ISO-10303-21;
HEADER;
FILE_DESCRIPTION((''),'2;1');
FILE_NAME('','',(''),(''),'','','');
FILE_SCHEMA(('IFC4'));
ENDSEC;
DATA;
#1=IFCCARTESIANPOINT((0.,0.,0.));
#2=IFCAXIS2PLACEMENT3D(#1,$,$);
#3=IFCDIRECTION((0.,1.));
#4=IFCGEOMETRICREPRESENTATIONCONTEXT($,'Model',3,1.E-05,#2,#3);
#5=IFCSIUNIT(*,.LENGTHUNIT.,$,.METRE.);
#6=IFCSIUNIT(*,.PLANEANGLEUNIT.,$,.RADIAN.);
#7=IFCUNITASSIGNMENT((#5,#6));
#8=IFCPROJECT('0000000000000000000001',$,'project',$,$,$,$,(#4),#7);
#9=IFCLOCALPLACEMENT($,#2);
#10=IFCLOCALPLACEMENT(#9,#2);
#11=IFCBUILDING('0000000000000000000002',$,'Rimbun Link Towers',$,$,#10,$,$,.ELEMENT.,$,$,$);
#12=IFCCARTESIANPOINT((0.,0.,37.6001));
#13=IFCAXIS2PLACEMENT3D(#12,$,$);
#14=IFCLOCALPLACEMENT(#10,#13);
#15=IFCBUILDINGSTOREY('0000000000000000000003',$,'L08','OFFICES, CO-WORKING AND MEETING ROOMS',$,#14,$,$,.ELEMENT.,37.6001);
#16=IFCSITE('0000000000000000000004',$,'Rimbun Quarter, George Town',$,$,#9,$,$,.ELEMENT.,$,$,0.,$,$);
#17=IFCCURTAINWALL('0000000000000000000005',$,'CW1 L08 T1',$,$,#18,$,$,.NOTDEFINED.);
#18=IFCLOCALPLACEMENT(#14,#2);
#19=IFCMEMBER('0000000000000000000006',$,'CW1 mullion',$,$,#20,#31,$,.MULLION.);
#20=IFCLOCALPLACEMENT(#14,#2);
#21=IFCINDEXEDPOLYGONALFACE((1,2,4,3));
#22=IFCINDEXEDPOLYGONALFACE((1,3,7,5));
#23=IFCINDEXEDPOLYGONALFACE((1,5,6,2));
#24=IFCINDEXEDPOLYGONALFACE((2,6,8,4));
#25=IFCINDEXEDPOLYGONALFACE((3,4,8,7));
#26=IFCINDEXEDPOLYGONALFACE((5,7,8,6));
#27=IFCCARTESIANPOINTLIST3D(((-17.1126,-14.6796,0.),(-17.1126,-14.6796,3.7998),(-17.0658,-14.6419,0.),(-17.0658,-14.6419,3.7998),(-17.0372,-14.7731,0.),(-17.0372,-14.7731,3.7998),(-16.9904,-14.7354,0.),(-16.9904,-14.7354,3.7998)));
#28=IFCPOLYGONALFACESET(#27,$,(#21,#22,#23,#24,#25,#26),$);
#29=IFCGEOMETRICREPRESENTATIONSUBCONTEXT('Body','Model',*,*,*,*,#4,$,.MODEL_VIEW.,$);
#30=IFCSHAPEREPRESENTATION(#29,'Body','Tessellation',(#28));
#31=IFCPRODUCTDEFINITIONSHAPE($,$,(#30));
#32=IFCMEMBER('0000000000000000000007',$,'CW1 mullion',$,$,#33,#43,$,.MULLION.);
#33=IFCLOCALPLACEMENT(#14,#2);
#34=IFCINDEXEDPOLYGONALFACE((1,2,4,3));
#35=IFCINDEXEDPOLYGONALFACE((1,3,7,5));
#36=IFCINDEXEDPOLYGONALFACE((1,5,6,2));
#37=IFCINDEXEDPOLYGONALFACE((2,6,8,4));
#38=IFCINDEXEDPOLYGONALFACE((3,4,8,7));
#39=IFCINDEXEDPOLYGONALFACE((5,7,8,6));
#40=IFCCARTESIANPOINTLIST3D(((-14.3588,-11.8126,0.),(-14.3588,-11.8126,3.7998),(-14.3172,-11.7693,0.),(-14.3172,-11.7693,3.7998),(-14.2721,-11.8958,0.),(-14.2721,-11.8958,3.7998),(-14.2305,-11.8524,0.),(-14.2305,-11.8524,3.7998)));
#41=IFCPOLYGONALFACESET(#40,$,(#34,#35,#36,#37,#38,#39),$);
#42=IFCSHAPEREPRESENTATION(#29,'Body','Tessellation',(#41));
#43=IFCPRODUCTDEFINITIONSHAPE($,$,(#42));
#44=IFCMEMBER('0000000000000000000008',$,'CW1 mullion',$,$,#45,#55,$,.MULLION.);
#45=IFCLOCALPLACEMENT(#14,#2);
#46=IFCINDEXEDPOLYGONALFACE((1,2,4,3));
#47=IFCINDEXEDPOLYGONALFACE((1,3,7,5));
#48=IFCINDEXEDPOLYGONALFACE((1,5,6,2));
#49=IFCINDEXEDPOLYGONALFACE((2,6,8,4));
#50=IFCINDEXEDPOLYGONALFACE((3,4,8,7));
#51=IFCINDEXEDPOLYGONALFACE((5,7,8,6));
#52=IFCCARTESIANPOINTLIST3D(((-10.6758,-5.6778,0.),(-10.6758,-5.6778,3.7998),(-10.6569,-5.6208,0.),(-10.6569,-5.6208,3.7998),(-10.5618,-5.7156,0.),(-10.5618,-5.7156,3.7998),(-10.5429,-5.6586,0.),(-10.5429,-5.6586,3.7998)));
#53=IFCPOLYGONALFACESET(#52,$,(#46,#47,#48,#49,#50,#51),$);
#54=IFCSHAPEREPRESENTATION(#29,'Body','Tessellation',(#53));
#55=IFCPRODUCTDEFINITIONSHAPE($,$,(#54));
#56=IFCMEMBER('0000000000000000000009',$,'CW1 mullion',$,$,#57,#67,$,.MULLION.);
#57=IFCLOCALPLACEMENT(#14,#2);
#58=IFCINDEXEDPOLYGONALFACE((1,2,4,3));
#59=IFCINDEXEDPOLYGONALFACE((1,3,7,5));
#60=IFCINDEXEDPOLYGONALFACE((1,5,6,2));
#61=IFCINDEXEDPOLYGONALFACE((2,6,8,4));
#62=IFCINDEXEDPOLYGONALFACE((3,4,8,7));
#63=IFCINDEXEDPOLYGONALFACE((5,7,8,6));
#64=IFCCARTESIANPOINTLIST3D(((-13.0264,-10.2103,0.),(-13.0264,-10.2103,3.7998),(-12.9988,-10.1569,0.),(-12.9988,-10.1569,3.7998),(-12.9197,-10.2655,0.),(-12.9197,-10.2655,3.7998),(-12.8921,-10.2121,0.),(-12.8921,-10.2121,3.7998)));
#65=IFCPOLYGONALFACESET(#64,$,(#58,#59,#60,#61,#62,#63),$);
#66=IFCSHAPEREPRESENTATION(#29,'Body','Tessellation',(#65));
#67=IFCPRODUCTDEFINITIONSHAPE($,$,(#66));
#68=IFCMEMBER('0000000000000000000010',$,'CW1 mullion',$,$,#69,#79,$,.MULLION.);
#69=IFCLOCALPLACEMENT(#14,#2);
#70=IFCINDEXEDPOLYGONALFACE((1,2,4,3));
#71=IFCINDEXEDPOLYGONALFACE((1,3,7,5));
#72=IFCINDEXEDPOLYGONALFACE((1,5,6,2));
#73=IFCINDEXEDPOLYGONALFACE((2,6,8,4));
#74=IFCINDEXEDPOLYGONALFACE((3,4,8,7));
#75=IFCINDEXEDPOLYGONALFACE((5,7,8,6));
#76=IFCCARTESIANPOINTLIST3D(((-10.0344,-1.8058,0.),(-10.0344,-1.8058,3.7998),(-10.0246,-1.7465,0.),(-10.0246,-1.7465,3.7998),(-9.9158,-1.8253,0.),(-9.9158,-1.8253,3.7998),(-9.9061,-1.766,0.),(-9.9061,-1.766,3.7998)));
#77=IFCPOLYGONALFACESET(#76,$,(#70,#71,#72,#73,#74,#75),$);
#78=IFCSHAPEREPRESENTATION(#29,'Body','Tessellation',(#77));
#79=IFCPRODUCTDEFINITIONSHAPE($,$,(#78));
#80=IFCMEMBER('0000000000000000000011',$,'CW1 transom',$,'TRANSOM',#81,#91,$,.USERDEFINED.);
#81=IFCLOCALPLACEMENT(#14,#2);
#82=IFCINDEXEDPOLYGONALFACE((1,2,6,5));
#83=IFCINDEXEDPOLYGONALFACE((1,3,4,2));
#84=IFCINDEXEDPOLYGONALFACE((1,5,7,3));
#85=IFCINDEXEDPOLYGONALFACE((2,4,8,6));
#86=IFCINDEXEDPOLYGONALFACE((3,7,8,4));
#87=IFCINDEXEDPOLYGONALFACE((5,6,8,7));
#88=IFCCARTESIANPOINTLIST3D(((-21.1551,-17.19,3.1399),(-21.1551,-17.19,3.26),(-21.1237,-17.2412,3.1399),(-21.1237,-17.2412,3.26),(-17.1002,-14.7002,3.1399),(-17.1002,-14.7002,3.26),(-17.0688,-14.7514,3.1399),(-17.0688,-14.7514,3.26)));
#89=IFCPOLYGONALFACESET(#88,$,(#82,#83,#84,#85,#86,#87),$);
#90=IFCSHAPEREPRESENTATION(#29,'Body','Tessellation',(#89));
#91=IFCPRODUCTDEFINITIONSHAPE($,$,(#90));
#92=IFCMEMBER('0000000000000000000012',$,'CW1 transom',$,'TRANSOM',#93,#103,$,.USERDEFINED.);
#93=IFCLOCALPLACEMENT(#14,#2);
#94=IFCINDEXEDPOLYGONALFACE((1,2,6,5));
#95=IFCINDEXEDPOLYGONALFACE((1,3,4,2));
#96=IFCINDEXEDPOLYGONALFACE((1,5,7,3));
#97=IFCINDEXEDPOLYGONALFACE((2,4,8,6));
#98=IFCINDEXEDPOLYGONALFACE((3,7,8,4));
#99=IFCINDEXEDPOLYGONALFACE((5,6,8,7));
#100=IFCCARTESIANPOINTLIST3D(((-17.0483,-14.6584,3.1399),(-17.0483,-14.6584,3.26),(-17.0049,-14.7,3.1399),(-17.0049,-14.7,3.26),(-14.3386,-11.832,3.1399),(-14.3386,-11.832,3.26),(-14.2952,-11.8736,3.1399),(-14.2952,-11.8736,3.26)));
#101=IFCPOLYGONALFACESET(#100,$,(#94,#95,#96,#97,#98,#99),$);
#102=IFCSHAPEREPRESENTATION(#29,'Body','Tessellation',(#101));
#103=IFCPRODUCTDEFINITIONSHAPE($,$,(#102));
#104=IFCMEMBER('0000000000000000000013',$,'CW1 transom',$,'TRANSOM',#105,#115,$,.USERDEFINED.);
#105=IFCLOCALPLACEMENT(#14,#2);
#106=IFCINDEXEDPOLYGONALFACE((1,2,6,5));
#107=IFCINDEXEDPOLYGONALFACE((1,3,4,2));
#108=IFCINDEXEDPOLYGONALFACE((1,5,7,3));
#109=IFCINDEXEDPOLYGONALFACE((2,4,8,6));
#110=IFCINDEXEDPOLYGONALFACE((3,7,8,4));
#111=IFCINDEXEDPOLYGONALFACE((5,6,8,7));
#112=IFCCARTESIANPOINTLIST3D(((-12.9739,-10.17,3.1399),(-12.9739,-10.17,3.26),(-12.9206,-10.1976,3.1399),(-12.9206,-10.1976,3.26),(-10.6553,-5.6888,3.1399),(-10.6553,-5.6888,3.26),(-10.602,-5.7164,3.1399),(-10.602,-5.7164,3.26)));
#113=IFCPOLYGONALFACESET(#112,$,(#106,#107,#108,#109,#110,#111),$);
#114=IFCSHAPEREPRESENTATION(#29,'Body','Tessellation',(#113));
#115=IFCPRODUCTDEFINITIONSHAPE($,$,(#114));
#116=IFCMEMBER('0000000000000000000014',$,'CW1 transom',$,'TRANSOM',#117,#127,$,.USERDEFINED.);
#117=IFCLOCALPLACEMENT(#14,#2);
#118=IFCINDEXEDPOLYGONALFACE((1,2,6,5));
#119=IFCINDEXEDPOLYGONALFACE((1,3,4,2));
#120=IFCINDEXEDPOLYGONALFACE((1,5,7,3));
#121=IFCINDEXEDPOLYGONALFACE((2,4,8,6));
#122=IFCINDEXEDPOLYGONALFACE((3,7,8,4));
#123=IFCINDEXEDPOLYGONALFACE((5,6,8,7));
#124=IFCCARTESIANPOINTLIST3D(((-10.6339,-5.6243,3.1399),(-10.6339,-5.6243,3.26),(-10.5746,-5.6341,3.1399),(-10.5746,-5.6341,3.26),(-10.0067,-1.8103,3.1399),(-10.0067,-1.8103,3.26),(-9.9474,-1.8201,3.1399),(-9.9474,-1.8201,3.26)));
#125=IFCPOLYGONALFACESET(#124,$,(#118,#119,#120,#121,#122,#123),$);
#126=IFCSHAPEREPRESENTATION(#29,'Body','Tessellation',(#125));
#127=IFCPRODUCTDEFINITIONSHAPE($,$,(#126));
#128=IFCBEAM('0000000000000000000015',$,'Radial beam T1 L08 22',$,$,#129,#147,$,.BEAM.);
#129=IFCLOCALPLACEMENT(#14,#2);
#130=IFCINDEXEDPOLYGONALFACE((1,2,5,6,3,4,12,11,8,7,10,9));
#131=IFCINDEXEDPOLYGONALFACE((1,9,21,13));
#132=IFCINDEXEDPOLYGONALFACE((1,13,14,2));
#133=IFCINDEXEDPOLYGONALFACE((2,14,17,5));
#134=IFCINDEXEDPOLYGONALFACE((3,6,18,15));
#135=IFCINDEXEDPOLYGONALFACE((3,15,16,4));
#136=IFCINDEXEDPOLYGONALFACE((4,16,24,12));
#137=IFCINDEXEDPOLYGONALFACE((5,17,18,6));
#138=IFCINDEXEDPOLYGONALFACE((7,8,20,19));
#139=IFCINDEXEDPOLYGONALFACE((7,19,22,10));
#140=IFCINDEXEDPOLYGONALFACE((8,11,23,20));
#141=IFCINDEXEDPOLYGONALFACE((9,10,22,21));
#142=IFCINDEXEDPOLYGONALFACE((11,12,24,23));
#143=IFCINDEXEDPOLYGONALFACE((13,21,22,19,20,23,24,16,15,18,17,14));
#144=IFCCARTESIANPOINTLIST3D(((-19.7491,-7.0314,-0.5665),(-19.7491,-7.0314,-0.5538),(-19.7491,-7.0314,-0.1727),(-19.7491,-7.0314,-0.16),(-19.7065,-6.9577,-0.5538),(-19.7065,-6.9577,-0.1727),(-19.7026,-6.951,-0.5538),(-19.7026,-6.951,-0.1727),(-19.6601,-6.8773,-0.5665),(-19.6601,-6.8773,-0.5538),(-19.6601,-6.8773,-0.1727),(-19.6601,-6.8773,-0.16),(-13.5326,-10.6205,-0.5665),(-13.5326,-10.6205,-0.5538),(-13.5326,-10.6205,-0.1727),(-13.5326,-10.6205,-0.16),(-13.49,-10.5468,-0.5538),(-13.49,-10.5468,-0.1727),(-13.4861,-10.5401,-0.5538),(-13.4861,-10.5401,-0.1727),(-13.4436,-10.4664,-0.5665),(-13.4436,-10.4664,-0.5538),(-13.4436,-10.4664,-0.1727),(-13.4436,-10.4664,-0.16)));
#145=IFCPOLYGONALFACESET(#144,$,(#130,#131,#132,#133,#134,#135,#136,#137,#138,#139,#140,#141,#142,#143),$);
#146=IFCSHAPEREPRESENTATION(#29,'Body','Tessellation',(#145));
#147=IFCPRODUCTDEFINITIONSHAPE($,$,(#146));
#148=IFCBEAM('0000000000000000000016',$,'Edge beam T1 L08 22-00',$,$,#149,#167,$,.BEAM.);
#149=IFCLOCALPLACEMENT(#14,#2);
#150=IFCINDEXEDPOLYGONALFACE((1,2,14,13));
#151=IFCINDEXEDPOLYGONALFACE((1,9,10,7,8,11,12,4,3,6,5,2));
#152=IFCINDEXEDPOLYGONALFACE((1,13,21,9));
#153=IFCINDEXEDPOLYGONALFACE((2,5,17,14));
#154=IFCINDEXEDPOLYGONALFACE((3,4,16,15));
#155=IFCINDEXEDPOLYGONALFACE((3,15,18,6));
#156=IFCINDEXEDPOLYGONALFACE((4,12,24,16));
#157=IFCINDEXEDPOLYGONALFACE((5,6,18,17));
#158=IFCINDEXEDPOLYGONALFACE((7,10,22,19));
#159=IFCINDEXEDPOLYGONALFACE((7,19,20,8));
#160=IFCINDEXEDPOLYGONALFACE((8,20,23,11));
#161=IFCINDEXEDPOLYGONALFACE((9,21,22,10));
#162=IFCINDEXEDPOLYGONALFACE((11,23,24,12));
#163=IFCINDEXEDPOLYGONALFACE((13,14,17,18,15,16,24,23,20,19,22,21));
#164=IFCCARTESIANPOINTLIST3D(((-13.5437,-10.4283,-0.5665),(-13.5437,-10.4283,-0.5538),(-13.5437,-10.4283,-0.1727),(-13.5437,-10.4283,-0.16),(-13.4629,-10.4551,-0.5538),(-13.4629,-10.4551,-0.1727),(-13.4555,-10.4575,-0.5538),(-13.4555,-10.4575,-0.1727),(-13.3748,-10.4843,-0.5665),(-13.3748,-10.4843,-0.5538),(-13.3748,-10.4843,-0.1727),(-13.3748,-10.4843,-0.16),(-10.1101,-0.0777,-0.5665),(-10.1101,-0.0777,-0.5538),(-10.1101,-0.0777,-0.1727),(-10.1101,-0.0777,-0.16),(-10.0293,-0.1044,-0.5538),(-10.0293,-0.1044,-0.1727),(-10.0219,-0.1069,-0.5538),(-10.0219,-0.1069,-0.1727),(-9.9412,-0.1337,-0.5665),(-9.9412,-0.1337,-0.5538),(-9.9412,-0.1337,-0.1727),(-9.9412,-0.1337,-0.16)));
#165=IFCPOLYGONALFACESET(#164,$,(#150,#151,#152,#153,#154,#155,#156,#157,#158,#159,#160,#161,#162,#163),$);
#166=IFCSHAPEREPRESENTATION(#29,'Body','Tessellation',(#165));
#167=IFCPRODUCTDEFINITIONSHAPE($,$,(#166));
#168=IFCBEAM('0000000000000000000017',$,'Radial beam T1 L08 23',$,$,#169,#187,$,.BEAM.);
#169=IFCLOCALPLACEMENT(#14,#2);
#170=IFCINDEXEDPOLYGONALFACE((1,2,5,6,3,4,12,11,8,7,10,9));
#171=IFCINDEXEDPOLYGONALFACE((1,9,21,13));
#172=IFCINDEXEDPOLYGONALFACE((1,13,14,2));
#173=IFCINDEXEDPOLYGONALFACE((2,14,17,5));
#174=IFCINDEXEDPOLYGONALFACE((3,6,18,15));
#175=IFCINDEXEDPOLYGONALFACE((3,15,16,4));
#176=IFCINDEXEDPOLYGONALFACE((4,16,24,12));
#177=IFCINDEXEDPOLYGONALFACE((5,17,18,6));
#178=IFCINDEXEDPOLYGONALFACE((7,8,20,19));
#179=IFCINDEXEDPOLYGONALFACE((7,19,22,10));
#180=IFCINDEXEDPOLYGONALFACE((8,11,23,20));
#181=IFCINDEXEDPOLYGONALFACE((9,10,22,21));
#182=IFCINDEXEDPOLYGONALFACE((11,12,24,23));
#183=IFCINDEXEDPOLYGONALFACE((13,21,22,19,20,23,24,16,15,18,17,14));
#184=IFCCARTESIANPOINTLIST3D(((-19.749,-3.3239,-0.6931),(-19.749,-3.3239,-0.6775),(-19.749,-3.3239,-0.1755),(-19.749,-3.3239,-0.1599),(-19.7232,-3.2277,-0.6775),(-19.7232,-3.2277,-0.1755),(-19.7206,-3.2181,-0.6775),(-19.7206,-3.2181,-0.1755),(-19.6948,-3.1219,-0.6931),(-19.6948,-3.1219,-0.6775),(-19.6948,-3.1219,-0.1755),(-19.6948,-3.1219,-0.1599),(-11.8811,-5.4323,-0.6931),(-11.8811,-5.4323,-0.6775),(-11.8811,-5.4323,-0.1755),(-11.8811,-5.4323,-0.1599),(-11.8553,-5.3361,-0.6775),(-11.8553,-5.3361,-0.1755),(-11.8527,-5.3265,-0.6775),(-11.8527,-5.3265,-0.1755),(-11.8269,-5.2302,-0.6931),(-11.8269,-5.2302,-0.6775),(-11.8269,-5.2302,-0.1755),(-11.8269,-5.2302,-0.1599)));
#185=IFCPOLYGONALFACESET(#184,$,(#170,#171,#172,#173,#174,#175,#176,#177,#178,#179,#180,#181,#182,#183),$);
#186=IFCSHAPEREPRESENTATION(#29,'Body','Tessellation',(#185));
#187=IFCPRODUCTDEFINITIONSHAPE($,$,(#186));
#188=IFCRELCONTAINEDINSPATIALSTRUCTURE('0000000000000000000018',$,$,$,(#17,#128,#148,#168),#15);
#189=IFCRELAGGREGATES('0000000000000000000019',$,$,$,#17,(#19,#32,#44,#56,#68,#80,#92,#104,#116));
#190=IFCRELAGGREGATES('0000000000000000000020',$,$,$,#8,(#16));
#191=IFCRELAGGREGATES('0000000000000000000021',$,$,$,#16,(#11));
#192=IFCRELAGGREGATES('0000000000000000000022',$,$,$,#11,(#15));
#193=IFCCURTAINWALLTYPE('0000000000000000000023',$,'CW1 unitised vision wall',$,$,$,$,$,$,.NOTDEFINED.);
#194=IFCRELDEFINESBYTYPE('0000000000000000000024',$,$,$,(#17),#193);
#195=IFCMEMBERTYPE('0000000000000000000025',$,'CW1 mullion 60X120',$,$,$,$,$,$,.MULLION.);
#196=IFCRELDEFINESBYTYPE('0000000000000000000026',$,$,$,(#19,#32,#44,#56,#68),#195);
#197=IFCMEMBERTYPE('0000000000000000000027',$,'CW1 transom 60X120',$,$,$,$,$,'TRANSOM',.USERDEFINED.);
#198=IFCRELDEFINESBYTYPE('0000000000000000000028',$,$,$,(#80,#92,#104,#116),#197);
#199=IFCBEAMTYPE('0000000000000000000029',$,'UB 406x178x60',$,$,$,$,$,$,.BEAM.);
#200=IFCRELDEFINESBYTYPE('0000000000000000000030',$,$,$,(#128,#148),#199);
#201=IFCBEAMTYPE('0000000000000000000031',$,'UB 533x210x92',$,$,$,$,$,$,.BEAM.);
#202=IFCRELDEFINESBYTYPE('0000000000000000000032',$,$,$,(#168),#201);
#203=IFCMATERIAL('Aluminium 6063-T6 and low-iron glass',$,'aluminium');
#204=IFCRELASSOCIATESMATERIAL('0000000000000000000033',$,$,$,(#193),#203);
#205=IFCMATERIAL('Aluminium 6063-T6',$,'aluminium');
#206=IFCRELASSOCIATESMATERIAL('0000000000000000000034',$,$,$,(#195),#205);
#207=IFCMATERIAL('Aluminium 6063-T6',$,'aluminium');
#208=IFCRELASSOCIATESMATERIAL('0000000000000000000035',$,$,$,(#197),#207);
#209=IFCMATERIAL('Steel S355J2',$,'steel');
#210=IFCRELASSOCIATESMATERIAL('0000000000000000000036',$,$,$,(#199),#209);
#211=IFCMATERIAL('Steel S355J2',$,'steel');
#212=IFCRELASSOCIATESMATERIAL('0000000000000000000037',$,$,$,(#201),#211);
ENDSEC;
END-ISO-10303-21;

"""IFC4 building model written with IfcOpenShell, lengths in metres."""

from ifc_helpers import new_model, si_unit, direction, frame, origin, origin_2d, place, context, subcontext, project, spatial, rectangle, i_section, extrude, material, material_profile, profile_set, type_object, element, aggregate, save


model = new_model("IFC4")

# Units and contexts
model_context = context("Model", 3, precision=1e-05, world=origin(), true_north=direction((0.0, 1.0)))
body_context = subcontext(model_context, "Body", "Model", "MODEL_VIEW")
ifc_project = project(units=[si_unit("LENGTHUNIT", "METRE"), si_unit("PLANEANGLEUNIT", "RADIAN")], contexts=[model_context])

# Site, building, storey
site_placement = place(None, origin())
site = spatial("IfcSite", under=ifc_project, at=site_placement, Name="Rimbun Quarter, George Town", CompositionType="ELEMENT", RefElevation=0.0)
building_placement = place(site_placement, origin())
building = spatial("IfcBuilding", under=site, at=building_placement, Name="Rimbun Link Towers", CompositionType="ELEMENT")
storey_placement = place(building_placement, frame((0.0, 0.0, 37.6001)))
storey = spatial("IfcBuildingStorey", under=building, at=storey_placement, Name="L08", Description="OFFICES, CO-WORKING AND MEETING ROOMS", CompositionType="ELEMENT", Elevation=37.6001)

# Curtain wall, members
ifc_material_1 = material(Name="Aluminium 6063-T6 and low-iron glass", Category="aluminium")
curtain_wall_type = type_object("IfcCurtainWallType", Name="CW1 unitised vision wall", PredefinedType="NOTDEFINED", material=ifc_material_1)
curtain_wall_placement = place(storey_placement, origin())
curtain_wall = element("IfcCurtainWall", 1, at=curtain_wall_placement, inside=storey, type_object=curtain_wall_type, Name="CW1 L08 T1", PredefinedType="NOTDEFINED")
ifc_material_2 = material(Name="Aluminium 6063-T6", Category="aluminium")
ifc_material_profile_1 = material_profile(ifc_material_2, rectangle(XDim=0.1201, YDim=0.0601, at=origin_2d()), Name="MULLION 60X120")
ifc_profile_set_1 = profile_set([ifc_material_profile_1], Name="Aluminium 6063-T6")
member_type_1 = type_object("IfcMemberType", Name="CW1 mullion 60X120", PredefinedType="MULLION", material=ifc_profile_set_1)
member_1_placement = place(storey_placement, frame((-17.0515, -14.7075, 0.0), z_axis=(0.0, 0.0, 1.0), x_axis=(0.627666, -0.778483, 0.0)))
member_1 = element("IfcMember", 2, at=member_1_placement, type_object=member_type_1, Name="CW1 mullion", PredefinedType="MULLION", context=body_context, shape_type="SweptSolid", body=[
    extrude(rectangle(XDim=0.1201, YDim=0.0601, at=origin_2d()), origin(), (0.0, 0.0, 1.0), 3.7998),
])
member_2_placement = place(storey_placement, frame((-14.2947, -11.8325, 0.0), z_axis=(0.0, 0.0, 1.0), x_axis=(0.721844, -0.692056, 0.0)))
member_2 = element("IfcMember", 3, at=member_2_placement, type_object=member_type_1, Name="CW1 mullion", PredefinedType="MULLION", context=body_context, shape_type="SweptSolid", body=[
    extrude(rectangle(XDim=0.1201, YDim=0.0601, at=origin_2d()), origin(), (0.0, 0.0, 1.0), 3.7998),
])
member_3_placement = place(storey_placement, frame((-10.6094, -5.6682, 0.0), z_axis=(0.0, 0.0, 1.0), x_axis=(0.949161, -0.31479, 0.0)))
member_3 = element("IfcMember", 4, at=member_3_placement, type_object=member_type_1, Name="CW1 mullion", PredefinedType="MULLION", context=body_context, shape_type="SweptSolid", body=[
    extrude(rectangle(XDim=0.1201, YDim=0.0601, at=origin_2d()), origin(), (0.0, 0.0, 1.0), 3.7998),
])
member_4_placement = place(storey_placement, frame((-12.9592, -10.2112, 0.0), z_axis=(0.0, 0.0, 1.0), x_axis=(0.888153, -0.459548, 0.0)))
member_4 = element("IfcMember", 5, at=member_4_placement, type_object=member_type_1, Name="CW1 mullion", PredefinedType="MULLION", context=body_context, shape_type="SweptSolid", body=[
    extrude(rectangle(XDim=0.1201, YDim=0.0601, at=origin_2d()), origin(), (0.0, 0.0, 1.0), 3.7998),
])
member_5_placement = place(storey_placement, frame((-9.9702, -1.7859, 0.0), z_axis=(0.0, 0.0, 1.0), x_axis=(0.986748, -0.162263, 0.0)))
member_5 = element("IfcMember", 6, at=member_5_placement, type_object=member_type_1, Name="CW1 mullion", PredefinedType="MULLION", context=body_context, shape_type="SweptSolid", body=[
    extrude(rectangle(XDim=0.1201, YDim=0.0601, at=origin_2d()), origin(), (0.0, 0.0, 1.0), 3.7998),
])
ifc_material_3 = material(Name="Aluminium 6063-T6", Category="aluminium")
ifc_material_profile_2 = material_profile(ifc_material_3, rectangle(XDim=0.0601, YDim=0.1201, at=origin_2d()), Name="TRANSOM 60X120")
ifc_profile_set_2 = profile_set([ifc_material_profile_2], Name="Aluminium 6063-T6")
member_type_2 = type_object("IfcMemberType", Name="CW1 transom 60X120", ElementType="TRANSOM", PredefinedType="USERDEFINED", material=ifc_profile_set_2)
member_6_placement = place(storey_placement, frame((-17.0845, -14.7258, 3.2), z_axis=(-0.852183, -0.523244, 0.0), x_axis=(0.523244, -0.852183, 0.0)))
member_6 = element("IfcMember", 7, at=member_6_placement, type_object=member_type_2, Name="CW1 transom", ObjectType="TRANSOM", PredefinedType="USERDEFINED", context=body_context, shape_type="SweptSolid", body=[
    extrude(rectangle(XDim=0.0601, YDim=0.1201, at=origin_2d()), origin(), (0.0, 0.0, 1.0), 4.7583),
])
member_7_placement = place(storey_placement, frame((-14.3169, -11.8528, 3.2), z_axis=(-0.692048, -0.721852, 0.0), x_axis=(0.721852, -0.692048, 0.0)))
member_7 = element("IfcMember", 8, at=member_7_placement, type_object=member_type_2, Name="CW1 transom", ObjectType="TRANSOM", PredefinedType="USERDEFINED", context=body_context, shape_type="SweptSolid", body=[
    extrude(rectangle(XDim=0.0601, YDim=0.1201, at=origin_2d()), origin(), (0.0, 0.0, 1.0), 3.9155),
])
member_8_placement = place(storey_placement, frame((-10.6287, -5.7026, 3.2), z_axis=(-0.459539, -0.888158, 0.0), x_axis=(0.888158, -0.459539, 0.0)))
member_8 = element("IfcMember", 9, at=member_8_placement, type_object=member_type_2, Name="CW1 transom", ObjectType="TRANSOM", PredefinedType="USERDEFINED", context=body_context, shape_type="SweptSolid", body=[
    extrude(rectangle(XDim=0.0601, YDim=0.1201, at=origin_2d()), origin(), (0.0, 0.0, 1.0), 5.0454),
])
member_9_placement = place(storey_placement, frame((-9.9771, -1.8152, 3.2), z_axis=(-0.162268, -0.986747, 0.0), x_axis=(0.986747, -0.162268, 0.0)))
member_9 = element("IfcMember", 10, at=member_9_placement, type_object=member_type_2, Name="CW1 transom", ObjectType="TRANSOM", PredefinedType="USERDEFINED", context=body_context, shape_type="SweptSolid", body=[
    extrude(rectangle(XDim=0.0601, YDim=0.1201, at=origin_2d()), origin(), (0.0, 0.0, 1.0), 3.8652),
])

# Beams
ifc_material_4 = material(Name="Steel S355J2", Category="steel")
ifc_material_profile_3 = material_profile(ifc_material_4, i_section(OverallWidth=0.178, OverallDepth=0.4065, WebThickness=0.0078, FlangeThickness=0.0127, at=origin_2d()), Name="UB 406x178x60")
ifc_profile_set_3 = profile_set([ifc_material_profile_3], Name="Steel S355J2")
beam_type_1 = type_object("IfcBeamType", Name="UB 406x178x60", PredefinedType="BEAM", material=ifc_profile_set_3)
beam_1_placement = place(storey_placement, frame((-19.7046, -6.9543, -0.3633), z_axis=(0.866026, -0.499998, 0.0), x_axis=(0.499998, 0.866026, 0.0)))
element("IfcBeam", 11, at=beam_1_placement, inside=storey, type_object=beam_type_1, Name="Radial beam T1 L08 22", PredefinedType="BEAM", context=body_context, shape_type="SweptSolid", body=[
    extrude(i_section(OverallWidth=0.178, OverallDepth=0.4065, WebThickness=0.0078, FlangeThickness=0.0127, at=origin_2d()), origin(), (0.0, 0.0, 1.0), 7.1782),
])
beam_2_placement = place(storey_placement, frame((-13.4592, -10.4563, -0.3633), z_axis=(0.314857, 0.949139, 0.0), x_axis=(-0.949139, 0.314857, 0.0)))
element("IfcBeam", 12, at=beam_2_placement, inside=storey, type_object=beam_type_1, Name="Edge beam T1 L08 22-00", PredefinedType="BEAM", context=body_context, shape_type="SweptSolid", body=[
    extrude(i_section(OverallWidth=0.178, OverallDepth=0.4065, WebThickness=0.0078, FlangeThickness=0.0127, at=origin_2d()), origin(), (0.0, 0.0, 1.0), 10.9053),
])
ifc_material_5 = material(Name="Steel S355J2", Category="steel")
ifc_material_profile_4 = material_profile(ifc_material_5, i_section(OverallWidth=0.2092, OverallDepth=0.5332, WebThickness=0.01, FlangeThickness=0.0156, at=origin_2d()), Name="UB 533x210x92")
ifc_profile_set_4 = profile_set([ifc_material_profile_4], Name="Steel S355J2")
beam_type_2 = type_object("IfcBeamType", Name="UB 533x210x92", PredefinedType="BEAM", material=ifc_profile_set_4)
beam_3_placement = place(storey_placement, frame((-19.7219, -3.2229, -0.4265), z_axis=(0.96592, -0.258841, 0.0), x_axis=(0.258841, 0.96592, 0.0)))
element("IfcBeam", 13, at=beam_3_placement, inside=storey, type_object=beam_type_2, Name="Radial beam T1 L08 23", PredefinedType="BEAM", context=body_context, shape_type="SweptSolid", body=[
    extrude(i_section(OverallWidth=0.2092, OverallDepth=0.5332, WebThickness=0.01, FlangeThickness=0.0156, at=origin_2d()), origin(), (0.0, 0.0, 1.0), 8.1455),
])

aggregate(curtain_wall, [member_1, member_2, member_3, member_4, member_5, member_6, member_7, member_8, member_9])

save(model, "model.ifc")
